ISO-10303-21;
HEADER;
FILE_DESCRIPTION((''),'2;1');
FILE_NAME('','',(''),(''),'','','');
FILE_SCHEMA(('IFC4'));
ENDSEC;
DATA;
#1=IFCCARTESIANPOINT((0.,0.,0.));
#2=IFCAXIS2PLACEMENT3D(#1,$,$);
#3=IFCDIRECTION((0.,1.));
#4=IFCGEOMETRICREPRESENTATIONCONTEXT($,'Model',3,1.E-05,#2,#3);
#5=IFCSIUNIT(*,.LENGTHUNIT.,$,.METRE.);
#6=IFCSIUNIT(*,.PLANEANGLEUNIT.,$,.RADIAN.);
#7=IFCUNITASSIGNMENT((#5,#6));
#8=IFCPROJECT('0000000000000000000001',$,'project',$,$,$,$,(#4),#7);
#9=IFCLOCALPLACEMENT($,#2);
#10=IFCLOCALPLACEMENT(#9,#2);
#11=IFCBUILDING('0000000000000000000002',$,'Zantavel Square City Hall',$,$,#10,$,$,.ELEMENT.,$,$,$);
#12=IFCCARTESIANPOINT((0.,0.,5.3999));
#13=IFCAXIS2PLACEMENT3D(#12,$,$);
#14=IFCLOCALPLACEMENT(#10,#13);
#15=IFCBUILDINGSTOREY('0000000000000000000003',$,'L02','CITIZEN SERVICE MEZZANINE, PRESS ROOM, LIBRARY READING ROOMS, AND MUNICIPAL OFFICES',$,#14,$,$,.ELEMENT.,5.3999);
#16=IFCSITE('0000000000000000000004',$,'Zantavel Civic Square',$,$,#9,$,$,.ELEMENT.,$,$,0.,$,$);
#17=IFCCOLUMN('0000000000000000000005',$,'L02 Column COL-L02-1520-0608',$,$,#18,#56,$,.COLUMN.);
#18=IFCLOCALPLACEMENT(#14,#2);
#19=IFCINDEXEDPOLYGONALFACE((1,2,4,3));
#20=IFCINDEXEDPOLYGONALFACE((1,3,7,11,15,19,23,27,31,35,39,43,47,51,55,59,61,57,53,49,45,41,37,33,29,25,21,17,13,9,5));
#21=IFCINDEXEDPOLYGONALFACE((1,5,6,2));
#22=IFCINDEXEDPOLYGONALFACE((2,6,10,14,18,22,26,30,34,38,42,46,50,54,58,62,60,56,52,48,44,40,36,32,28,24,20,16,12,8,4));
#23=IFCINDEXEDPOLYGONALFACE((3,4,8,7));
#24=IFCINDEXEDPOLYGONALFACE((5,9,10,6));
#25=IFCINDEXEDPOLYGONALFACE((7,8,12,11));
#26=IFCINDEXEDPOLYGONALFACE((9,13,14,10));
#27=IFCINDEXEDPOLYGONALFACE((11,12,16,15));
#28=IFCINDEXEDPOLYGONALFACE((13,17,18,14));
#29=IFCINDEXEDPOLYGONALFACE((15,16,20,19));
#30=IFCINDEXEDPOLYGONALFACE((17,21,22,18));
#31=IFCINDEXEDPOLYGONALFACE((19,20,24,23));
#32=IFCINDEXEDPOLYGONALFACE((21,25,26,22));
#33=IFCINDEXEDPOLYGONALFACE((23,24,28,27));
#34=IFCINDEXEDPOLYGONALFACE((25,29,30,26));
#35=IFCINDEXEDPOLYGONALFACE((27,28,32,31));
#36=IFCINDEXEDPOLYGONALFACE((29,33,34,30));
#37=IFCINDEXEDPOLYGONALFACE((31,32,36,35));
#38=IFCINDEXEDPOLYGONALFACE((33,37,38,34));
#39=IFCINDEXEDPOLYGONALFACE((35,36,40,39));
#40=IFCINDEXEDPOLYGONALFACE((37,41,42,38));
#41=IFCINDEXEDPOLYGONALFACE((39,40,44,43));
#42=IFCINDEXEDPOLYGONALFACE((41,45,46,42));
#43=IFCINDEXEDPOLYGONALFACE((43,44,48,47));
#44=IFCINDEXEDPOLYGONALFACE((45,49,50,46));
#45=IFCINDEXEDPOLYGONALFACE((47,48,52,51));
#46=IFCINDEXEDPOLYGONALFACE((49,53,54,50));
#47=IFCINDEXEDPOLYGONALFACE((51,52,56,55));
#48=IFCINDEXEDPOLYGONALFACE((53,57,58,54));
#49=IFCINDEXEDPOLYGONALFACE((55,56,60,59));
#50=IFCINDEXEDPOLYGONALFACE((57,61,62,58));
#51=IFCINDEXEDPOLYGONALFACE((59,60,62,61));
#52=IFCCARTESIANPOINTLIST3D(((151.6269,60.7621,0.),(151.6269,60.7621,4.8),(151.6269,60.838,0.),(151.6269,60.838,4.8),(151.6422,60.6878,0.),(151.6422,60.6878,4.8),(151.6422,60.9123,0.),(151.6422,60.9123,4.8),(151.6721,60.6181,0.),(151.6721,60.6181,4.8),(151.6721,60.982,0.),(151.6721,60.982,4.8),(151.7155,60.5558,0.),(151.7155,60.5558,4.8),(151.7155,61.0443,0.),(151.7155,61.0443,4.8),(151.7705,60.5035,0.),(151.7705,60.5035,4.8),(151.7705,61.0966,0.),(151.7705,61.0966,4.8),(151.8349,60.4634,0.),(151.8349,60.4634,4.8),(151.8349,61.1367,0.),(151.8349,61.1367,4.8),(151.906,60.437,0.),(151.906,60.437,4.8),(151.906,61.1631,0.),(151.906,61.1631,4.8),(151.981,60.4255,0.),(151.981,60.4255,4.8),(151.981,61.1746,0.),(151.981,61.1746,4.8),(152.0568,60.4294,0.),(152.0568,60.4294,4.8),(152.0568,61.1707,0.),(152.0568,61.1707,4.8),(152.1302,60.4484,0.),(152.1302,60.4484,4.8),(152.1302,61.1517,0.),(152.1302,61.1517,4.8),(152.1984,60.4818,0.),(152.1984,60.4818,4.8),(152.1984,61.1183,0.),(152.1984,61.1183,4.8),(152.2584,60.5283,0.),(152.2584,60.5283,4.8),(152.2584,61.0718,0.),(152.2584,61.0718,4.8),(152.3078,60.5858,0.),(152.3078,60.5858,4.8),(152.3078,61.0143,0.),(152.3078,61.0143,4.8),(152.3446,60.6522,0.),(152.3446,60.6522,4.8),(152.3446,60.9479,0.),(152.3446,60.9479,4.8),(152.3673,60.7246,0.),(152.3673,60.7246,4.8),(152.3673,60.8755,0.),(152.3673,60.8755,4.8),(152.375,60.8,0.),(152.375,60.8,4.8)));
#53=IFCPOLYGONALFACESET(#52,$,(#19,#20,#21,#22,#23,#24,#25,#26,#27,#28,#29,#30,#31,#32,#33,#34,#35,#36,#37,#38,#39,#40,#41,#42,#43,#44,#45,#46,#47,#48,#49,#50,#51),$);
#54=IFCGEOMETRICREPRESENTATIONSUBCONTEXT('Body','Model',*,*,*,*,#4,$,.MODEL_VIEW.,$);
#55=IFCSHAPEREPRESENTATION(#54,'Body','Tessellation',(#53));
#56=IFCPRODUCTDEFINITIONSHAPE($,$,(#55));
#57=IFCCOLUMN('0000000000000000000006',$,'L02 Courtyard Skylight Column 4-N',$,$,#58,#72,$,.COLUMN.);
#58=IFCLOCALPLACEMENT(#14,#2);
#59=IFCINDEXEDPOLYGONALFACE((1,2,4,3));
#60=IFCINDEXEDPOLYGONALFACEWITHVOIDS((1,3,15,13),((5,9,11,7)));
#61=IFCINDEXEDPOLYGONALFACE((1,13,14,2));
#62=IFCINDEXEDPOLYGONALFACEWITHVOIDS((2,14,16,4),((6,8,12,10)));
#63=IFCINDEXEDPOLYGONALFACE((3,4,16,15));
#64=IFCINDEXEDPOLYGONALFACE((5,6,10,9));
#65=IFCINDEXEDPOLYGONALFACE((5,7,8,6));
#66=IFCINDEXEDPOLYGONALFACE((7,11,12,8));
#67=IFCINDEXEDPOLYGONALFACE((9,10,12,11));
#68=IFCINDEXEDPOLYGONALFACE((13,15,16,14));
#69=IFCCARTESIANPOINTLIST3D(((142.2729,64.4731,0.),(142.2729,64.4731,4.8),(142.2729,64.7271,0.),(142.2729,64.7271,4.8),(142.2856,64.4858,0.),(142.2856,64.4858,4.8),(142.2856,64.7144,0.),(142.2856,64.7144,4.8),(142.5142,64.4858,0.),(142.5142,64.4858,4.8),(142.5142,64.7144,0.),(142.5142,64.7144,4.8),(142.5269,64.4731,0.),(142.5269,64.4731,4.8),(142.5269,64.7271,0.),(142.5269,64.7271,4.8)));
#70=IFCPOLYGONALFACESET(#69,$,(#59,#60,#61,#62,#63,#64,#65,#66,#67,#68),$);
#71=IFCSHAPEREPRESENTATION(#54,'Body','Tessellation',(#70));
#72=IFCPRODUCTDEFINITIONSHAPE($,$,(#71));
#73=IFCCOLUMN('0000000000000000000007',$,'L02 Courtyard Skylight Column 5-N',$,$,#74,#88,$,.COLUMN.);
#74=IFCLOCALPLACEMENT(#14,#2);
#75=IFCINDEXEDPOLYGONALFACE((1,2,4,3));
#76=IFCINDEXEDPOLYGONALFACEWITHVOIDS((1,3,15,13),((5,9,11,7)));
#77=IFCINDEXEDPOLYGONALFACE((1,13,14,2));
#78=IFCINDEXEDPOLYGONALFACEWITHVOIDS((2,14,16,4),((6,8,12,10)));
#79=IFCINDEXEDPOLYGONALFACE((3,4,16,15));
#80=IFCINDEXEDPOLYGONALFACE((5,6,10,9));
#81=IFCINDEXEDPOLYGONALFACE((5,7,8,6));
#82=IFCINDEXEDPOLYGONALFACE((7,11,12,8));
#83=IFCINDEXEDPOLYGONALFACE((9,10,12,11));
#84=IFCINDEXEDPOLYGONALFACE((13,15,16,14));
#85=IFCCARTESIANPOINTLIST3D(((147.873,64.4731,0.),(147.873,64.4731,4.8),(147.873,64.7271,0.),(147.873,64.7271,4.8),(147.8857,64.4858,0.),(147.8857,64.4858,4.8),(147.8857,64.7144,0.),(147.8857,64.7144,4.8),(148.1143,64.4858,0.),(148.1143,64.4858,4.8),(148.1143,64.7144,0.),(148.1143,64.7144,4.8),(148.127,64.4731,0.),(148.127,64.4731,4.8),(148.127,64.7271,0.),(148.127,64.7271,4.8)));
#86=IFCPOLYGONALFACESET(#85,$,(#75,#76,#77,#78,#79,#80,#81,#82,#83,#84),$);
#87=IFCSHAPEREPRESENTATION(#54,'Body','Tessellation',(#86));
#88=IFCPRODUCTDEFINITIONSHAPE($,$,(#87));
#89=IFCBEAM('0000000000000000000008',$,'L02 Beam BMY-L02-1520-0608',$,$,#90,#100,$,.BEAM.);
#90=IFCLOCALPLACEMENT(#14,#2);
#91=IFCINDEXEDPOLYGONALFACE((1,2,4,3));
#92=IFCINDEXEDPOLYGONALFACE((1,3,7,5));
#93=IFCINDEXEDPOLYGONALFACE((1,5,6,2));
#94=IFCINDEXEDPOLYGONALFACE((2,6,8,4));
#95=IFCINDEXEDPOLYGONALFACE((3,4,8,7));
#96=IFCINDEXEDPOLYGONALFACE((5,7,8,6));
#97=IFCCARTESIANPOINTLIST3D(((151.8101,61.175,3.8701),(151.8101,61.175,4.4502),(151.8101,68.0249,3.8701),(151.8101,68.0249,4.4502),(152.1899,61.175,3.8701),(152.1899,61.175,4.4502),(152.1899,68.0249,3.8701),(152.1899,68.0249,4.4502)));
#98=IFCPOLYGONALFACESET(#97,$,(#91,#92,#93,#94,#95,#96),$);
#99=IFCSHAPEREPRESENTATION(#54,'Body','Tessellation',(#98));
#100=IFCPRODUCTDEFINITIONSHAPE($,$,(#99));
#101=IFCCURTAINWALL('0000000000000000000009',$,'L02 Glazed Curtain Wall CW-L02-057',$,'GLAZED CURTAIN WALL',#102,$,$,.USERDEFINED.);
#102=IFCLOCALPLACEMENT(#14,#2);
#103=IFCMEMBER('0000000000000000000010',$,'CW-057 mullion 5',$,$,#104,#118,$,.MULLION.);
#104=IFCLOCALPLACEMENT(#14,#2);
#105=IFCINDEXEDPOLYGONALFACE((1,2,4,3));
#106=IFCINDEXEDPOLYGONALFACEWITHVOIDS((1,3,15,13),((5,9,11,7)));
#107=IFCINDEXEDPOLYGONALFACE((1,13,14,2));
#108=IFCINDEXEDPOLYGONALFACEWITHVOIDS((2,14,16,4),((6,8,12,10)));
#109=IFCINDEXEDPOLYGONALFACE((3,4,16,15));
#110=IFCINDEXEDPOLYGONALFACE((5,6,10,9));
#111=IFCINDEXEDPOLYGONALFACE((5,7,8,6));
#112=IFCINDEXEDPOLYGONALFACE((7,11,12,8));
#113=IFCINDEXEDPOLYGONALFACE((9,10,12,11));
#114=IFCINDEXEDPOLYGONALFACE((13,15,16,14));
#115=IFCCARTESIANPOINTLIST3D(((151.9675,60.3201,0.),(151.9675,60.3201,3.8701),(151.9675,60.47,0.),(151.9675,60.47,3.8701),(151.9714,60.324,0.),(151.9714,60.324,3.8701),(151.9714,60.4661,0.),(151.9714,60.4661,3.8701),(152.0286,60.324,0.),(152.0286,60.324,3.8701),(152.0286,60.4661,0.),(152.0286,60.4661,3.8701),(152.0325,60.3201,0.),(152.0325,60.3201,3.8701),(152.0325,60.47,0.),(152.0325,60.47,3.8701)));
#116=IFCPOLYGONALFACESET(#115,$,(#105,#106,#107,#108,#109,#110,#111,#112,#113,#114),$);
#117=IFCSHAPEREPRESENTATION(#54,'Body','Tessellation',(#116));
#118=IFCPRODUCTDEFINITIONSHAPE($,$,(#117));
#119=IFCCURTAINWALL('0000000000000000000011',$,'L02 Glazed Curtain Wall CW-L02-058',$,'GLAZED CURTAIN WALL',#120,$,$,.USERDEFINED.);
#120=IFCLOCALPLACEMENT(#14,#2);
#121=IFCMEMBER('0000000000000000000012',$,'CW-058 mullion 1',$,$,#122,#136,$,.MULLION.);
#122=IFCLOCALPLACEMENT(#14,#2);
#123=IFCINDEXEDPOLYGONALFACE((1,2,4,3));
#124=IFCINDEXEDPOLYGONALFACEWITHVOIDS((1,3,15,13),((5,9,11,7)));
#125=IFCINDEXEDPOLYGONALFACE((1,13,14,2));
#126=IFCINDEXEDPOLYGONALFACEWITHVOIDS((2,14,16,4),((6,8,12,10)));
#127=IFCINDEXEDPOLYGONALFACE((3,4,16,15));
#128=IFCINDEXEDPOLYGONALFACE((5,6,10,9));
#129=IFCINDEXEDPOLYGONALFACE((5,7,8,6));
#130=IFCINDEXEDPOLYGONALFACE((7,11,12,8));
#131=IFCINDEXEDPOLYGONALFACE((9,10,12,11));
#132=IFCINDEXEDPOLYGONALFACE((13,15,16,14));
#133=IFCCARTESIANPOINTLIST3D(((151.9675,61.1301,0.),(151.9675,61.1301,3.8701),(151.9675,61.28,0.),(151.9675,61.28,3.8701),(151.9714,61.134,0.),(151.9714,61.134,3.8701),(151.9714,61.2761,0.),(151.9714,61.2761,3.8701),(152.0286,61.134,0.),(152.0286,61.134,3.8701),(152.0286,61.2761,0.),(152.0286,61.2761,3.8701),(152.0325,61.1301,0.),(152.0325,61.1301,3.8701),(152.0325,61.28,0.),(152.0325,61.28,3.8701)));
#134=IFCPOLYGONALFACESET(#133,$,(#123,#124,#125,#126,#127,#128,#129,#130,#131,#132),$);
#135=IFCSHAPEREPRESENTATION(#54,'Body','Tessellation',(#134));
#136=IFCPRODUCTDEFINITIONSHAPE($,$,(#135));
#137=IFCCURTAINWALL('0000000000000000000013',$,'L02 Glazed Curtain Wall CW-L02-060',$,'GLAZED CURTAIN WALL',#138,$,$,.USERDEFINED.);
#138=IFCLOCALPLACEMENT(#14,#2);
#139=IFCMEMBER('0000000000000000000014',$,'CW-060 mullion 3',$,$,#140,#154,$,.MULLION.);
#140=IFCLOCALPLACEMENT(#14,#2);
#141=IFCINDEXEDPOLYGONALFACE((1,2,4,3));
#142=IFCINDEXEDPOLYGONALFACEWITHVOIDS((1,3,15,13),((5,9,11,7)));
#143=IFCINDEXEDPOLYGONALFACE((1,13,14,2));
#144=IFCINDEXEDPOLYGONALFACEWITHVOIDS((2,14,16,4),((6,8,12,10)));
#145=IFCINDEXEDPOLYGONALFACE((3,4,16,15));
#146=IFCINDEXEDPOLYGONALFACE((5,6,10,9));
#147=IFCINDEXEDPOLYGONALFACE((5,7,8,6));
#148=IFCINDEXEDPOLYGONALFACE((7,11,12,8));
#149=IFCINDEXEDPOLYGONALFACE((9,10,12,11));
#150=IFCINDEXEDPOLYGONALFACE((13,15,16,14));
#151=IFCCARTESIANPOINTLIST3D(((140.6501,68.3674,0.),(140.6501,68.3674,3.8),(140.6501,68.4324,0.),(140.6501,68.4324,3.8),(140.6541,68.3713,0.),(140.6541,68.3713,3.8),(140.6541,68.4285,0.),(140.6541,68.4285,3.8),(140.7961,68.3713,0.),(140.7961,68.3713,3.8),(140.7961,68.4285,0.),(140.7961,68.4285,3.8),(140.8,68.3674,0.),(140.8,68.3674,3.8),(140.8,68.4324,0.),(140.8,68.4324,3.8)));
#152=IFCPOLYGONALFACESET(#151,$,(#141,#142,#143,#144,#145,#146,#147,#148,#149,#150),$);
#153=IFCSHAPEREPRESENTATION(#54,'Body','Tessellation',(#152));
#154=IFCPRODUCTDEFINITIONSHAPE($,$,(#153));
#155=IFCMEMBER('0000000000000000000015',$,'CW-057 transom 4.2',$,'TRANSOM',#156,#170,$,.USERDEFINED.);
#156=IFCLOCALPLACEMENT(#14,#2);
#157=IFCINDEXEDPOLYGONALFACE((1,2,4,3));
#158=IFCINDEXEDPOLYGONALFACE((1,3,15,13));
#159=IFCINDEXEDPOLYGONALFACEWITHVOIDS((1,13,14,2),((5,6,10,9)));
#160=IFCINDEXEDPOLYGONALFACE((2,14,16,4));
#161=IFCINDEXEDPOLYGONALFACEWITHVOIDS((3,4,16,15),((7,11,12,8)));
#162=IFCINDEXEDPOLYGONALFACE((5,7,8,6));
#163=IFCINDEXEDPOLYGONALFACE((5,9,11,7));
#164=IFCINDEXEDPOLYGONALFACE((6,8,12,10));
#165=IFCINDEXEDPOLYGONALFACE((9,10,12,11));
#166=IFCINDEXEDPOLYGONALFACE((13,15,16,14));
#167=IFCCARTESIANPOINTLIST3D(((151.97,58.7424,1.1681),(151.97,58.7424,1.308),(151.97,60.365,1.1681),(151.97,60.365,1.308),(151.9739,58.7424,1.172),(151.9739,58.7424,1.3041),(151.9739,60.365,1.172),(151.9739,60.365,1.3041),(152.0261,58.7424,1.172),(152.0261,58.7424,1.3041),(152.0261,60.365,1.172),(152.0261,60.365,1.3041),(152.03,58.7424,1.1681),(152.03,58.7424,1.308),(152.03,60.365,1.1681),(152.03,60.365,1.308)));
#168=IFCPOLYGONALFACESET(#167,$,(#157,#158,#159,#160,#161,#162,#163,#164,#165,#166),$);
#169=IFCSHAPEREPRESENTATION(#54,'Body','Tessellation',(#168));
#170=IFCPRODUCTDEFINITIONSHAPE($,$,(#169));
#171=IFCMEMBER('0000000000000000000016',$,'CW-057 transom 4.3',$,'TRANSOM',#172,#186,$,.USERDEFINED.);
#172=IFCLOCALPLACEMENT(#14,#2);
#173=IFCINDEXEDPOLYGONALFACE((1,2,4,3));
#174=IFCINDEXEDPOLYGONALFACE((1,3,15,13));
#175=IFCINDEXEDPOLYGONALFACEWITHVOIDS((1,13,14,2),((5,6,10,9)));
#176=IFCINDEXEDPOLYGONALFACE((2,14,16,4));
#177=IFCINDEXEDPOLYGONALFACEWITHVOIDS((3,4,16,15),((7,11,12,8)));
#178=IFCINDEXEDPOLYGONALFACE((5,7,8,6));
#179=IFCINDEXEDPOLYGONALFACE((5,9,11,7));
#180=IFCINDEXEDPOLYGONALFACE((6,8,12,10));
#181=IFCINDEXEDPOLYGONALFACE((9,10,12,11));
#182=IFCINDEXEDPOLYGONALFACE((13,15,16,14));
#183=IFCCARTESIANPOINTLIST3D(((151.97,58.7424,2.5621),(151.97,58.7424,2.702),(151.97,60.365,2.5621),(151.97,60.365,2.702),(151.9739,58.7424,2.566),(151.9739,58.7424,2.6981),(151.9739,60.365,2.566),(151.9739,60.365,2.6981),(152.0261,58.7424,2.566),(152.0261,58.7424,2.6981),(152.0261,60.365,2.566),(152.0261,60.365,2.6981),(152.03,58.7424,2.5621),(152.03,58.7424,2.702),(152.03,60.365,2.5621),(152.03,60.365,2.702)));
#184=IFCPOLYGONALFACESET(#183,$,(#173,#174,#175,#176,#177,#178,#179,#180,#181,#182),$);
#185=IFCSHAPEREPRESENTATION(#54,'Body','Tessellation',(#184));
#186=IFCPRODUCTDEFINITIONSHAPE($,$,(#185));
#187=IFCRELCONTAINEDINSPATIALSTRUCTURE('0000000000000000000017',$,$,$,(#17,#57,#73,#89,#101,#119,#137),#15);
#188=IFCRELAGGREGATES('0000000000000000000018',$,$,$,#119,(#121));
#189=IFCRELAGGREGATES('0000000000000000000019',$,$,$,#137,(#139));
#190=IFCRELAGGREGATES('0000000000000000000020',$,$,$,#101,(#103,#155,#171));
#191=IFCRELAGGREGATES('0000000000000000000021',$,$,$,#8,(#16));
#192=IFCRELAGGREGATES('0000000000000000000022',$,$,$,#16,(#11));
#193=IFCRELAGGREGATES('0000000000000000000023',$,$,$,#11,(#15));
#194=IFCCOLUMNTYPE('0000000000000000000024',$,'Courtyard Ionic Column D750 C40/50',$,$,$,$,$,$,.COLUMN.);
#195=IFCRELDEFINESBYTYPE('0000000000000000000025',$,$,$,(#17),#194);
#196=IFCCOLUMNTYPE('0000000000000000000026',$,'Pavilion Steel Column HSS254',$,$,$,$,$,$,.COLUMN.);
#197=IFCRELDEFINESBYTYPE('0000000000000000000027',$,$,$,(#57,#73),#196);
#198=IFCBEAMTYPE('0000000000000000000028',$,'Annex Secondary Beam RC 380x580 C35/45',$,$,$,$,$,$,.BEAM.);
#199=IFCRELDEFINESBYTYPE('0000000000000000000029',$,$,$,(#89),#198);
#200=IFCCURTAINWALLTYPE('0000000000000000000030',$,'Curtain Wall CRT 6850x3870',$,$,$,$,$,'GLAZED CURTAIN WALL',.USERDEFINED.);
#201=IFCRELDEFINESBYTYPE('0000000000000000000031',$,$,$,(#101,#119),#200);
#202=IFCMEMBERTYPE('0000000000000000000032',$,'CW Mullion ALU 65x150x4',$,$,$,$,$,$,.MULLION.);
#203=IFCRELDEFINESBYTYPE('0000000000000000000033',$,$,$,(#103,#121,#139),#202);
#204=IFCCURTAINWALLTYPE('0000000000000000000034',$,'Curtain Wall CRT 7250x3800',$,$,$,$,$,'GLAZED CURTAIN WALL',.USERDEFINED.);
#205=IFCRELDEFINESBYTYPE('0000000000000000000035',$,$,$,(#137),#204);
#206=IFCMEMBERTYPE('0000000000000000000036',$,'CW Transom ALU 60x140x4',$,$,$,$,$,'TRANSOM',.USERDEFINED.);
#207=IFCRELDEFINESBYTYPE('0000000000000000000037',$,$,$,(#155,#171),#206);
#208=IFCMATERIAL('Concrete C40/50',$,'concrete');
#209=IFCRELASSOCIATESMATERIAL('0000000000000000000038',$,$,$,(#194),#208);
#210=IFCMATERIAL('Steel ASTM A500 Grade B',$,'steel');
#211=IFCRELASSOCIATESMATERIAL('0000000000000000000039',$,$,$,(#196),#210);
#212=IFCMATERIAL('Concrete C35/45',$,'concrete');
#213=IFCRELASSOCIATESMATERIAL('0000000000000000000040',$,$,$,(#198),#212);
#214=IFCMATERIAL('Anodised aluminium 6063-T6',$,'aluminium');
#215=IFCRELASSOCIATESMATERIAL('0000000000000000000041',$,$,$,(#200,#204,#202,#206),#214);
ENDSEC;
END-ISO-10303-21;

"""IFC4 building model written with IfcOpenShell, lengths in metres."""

from ifc_helpers import new_model, si_unit, direction, frame, origin, origin_2d, place, context, subcontext, project, spatial, rectangle, hollow_rectangle, circle, extrude, material, material_profile, profile_set, type_object, element, aggregate, save


model = new_model("IFC4")

# Units and contexts
model_context = context("Model", 3, precision=1e-05, world=origin(), true_north=direction((0.0, 1.0)))
body_context = subcontext(model_context, "Body", "Model", "MODEL_VIEW")
ifc_project = project(units=[si_unit("LENGTHUNIT", "METRE"), si_unit("PLANEANGLEUNIT", "RADIAN")], contexts=[model_context])

# Site, building, storey
site_placement = place(None, origin())
site = spatial("IfcSite", under=ifc_project, at=site_placement, Name="Zantavel Civic Square", CompositionType="ELEMENT", RefElevation=0.0)
building_placement = place(site_placement, origin())
building = spatial("IfcBuilding", under=site, at=building_placement, Name="Zantavel Square City Hall", CompositionType="ELEMENT")
storey_placement = place(building_placement, frame((0.0, 0.0, 5.3999)))
storey = spatial("IfcBuildingStorey", under=building, at=storey_placement, Name="L02", Description="CITIZEN SERVICE MEZZANINE, PRESS ROOM, LIBRARY READING ROOMS, AND MUNICIPAL OFFICES", CompositionType="ELEMENT", Elevation=5.3999)

# Columns
ifc_material_1 = material(Name="Concrete C40/50", Category="concrete")
ifc_material_profile_1 = material_profile(ifc_material_1, circle(Radius=0.375, at=origin_2d()), Name="ROUND D750")
ifc_profile_set_1 = profile_set([ifc_material_profile_1], Name="Concrete C40/50")
column_type_1 = type_object("IfcColumnType", Name="Courtyard Ionic Column D750 C40/50", PredefinedType="COLUMN", material=ifc_profile_set_1)
column_placement = place(storey_placement, frame((152.0, 60.8, 0.0), z_axis=(0.0, 0.0, 1.0), x_axis=(1.0, 0.0, 0.0)))
element("IfcColumn", 1, at=column_placement, inside=storey, type_object=column_type_1, Name="L02 Column COL-L02-1520-0608", PredefinedType="COLUMN", context=body_context, shape_type="SweptSolid", body=[
    extrude(circle(Radius=0.375, at=origin_2d()), origin(), (0.0, 0.0, 1.0), 4.8),
])
ifc_material_2 = material(Name="Steel ASTM A500 Grade B", Category="steel")
ifc_material_profile_2 = material_profile(ifc_material_2, hollow_rectangle(XDim=0.2539, YDim=0.2539, WallThickness=0.0127, at=origin_2d()), Name="HSS 254x254x12.7")
ifc_profile_set_2 = profile_set([ifc_material_profile_2], Name="Steel ASTM A500 Grade B")
column_type_2 = type_object("IfcColumnType", Name="Pavilion Steel Column HSS254", PredefinedType="COLUMN", material=ifc_profile_set_2)
for number, where, z_axis, x_axis, name in (
    (2, (142.3999, 64.6001, 0.0), (0.0, 0.0, 1.0), (1.0, 0.0, 0.0), "L02 Courtyard Skylight Column 4-N"),
    (3, (148.0, 64.6001, 0.0), (0.0, 0.0, 1.0), (1.0, 0.0, 0.0), "L02 Courtyard Skylight Column 5-N"),
):
    element("IfcColumn", number, at=place(storey_placement, frame(where, z_axis=z_axis, x_axis=x_axis)), inside=storey, type_object=column_type_2, Name=name, PredefinedType="COLUMN", context=body_context, shape_type="SweptSolid", body=[
        extrude(hollow_rectangle(XDim=0.2539, YDim=0.2539, WallThickness=0.0127, at=origin_2d()), origin(), (0.0, 0.0, 1.0), 4.8),
    ])

# Beam
ifc_material_3 = material(Name="Concrete C35/45", Category="concrete")
ifc_material_profile_3 = material_profile(ifc_material_3, rectangle(XDim=0.3799, YDim=0.5801, at=origin_2d()), Name="RC 380x580")
ifc_profile_set_3 = profile_set([ifc_material_profile_3], Name="Concrete C35/45")
beam_type = type_object("IfcBeamType", Name="Annex Secondary Beam RC 380x580 C35/45", PredefinedType="BEAM", material=ifc_profile_set_3)
beam_placement = place(storey_placement, frame((152.0, 61.175, 4.1602), z_axis=(0.0, 1.0, 0.0), x_axis=(-1.0, 0.0, 0.0)))
element("IfcBeam", 4, at=beam_placement, inside=storey, type_object=beam_type, Name="L02 Beam BMY-L02-1520-0608", PredefinedType="BEAM", context=body_context, shape_type="SweptSolid", body=[
    extrude(rectangle(XDim=0.3799, YDim=0.5801, at=origin_2d()), origin(), (0.0, 0.0, 1.0), 6.8499),
])

# Curtain walls, members
ifc_material_4 = material(Name="Anodised aluminium 6063-T6", Category="aluminium")
curtain_wall_type_1 = type_object("IfcCurtainWallType", Name="Curtain Wall CRT 6850x3870", ElementType="GLAZED CURTAIN WALL", PredefinedType="USERDEFINED", material=ifc_material_4)
curtain_wall_1_placement = place(storey_placement, origin())
curtain_wall_1 = element("IfcCurtainWall", 5, at=curtain_wall_1_placement, inside=storey, type_object=curtain_wall_type_1, Name="L02 Glazed Curtain Wall CW-L02-057", ObjectType="GLAZED CURTAIN WALL", PredefinedType="USERDEFINED")
ifc_material_profile_4 = material_profile(ifc_material_4, hollow_rectangle(XDim=0.0649, YDim=0.1499, WallThickness=0.0039, at=origin_2d()), Name="ALU 65x150x4")
ifc_profile_set_4 = profile_set([ifc_material_profile_4], Name="Anodised aluminium 6063-T6")
member_type_1 = type_object("IfcMemberType", Name="CW Mullion ALU 65x150x4", PredefinedType="MULLION", material=ifc_profile_set_4)
member_1_placement = place(storey_placement, frame((152.0, 60.395, 0.0), z_axis=(0.0, 0.0, 1.0), x_axis=(-1.0, 0.0, 0.0)))
member_1 = element("IfcMember", 6, at=member_1_placement, type_object=member_type_1, Name="CW-057 mullion 5", PredefinedType="MULLION", context=body_context, shape_type="SweptSolid", body=[
    extrude(hollow_rectangle(XDim=0.0649, YDim=0.1499, WallThickness=0.0039, at=origin_2d()), origin(), (0.0, 0.0, 1.0), 3.8701),
])
curtain_wall_2_placement = place(storey_placement, origin())
curtain_wall_2 = element("IfcCurtainWall", 7, at=curtain_wall_2_placement, inside=storey, type_object=curtain_wall_type_1, Name="L02 Glazed Curtain Wall CW-L02-058", ObjectType="GLAZED CURTAIN WALL", PredefinedType="USERDEFINED")
member_2_placement = place(storey_placement, frame((152.0, 61.2051, 0.0), z_axis=(0.0, 0.0, 1.0), x_axis=(-1.0, 0.0, 0.0)))
member_2 = element("IfcMember", 8, at=member_2_placement, type_object=member_type_1, Name="CW-058 mullion 1", PredefinedType="MULLION", context=body_context, shape_type="SweptSolid", body=[
    extrude(hollow_rectangle(XDim=0.0649, YDim=0.1499, WallThickness=0.0039, at=origin_2d()), origin(), (0.0, 0.0, 1.0), 3.8701),
])
curtain_wall_type_2 = type_object("IfcCurtainWallType", Name="Curtain Wall CRT 7250x3800", ElementType="GLAZED CURTAIN WALL", PredefinedType="USERDEFINED", material=ifc_material_4)
curtain_wall_3_placement = place(storey_placement, origin())
curtain_wall_3 = element("IfcCurtainWall", 9, at=curtain_wall_3_placement, inside=storey, type_object=curtain_wall_type_2, Name="L02 Glazed Curtain Wall CW-L02-060", ObjectType="GLAZED CURTAIN WALL", PredefinedType="USERDEFINED")
member_3_placement = place(storey_placement, frame((140.7251, 68.3999, 0.0), z_axis=(0.0, 0.0, 1.0), x_axis=(0.0, -1.0, 0.0)))
member_3 = element("IfcMember", 10, at=member_3_placement, type_object=member_type_1, Name="CW-060 mullion 3", PredefinedType="MULLION", context=body_context, shape_type="SweptSolid", body=[
    extrude(hollow_rectangle(XDim=0.0649, YDim=0.1499, WallThickness=0.0039, at=origin_2d()), origin(), (0.0, 0.0, 1.0), 3.8),
])

# Members
ifc_material_profile_5 = material_profile(ifc_material_4, hollow_rectangle(XDim=0.0601, YDim=0.1399, WallThickness=0.0039, at=origin_2d()), Name="ALU 60x140x4")
ifc_profile_set_5 = profile_set([ifc_material_profile_5], Name="Anodised aluminium 6063-T6")
member_type_2 = type_object("IfcMemberType", Name="CW Transom ALU 60x140x4", ElementType="TRANSOM", PredefinedType="USERDEFINED", material=ifc_profile_set_5)
member_4_placement = place(storey_placement, frame((152.0, 58.7424, 1.238), z_axis=(0.0, 1.0, 0.0), x_axis=(-1.0, 0.0, 0.0)))
member_4 = element("IfcMember", 11, at=member_4_placement, type_object=member_type_2, Name="CW-057 transom 4.2", ObjectType="TRANSOM", PredefinedType="USERDEFINED", context=body_context, shape_type="SweptSolid", body=[
    extrude(hollow_rectangle(XDim=0.0601, YDim=0.1399, WallThickness=0.0039, at=origin_2d()), origin(), (0.0, 0.0, 1.0), 1.6226),
])
member_5_placement = place(storey_placement, frame((152.0, 58.7424, 2.6321), z_axis=(0.0, 1.0, 0.0), x_axis=(-1.0, 0.0, 0.0)))
member_5 = element("IfcMember", 12, at=member_5_placement, type_object=member_type_2, Name="CW-057 transom 4.3", ObjectType="TRANSOM", PredefinedType="USERDEFINED", context=body_context, shape_type="SweptSolid", body=[
    extrude(hollow_rectangle(XDim=0.0601, YDim=0.1399, WallThickness=0.0039, at=origin_2d()), origin(), (0.0, 0.0, 1.0), 1.6226),
])
aggregate(curtain_wall_2, [member_2])

aggregate(curtain_wall_3, [member_3])
aggregate(curtain_wall_1, [member_1, member_4, member_5])

save(model, "model.ifc")
